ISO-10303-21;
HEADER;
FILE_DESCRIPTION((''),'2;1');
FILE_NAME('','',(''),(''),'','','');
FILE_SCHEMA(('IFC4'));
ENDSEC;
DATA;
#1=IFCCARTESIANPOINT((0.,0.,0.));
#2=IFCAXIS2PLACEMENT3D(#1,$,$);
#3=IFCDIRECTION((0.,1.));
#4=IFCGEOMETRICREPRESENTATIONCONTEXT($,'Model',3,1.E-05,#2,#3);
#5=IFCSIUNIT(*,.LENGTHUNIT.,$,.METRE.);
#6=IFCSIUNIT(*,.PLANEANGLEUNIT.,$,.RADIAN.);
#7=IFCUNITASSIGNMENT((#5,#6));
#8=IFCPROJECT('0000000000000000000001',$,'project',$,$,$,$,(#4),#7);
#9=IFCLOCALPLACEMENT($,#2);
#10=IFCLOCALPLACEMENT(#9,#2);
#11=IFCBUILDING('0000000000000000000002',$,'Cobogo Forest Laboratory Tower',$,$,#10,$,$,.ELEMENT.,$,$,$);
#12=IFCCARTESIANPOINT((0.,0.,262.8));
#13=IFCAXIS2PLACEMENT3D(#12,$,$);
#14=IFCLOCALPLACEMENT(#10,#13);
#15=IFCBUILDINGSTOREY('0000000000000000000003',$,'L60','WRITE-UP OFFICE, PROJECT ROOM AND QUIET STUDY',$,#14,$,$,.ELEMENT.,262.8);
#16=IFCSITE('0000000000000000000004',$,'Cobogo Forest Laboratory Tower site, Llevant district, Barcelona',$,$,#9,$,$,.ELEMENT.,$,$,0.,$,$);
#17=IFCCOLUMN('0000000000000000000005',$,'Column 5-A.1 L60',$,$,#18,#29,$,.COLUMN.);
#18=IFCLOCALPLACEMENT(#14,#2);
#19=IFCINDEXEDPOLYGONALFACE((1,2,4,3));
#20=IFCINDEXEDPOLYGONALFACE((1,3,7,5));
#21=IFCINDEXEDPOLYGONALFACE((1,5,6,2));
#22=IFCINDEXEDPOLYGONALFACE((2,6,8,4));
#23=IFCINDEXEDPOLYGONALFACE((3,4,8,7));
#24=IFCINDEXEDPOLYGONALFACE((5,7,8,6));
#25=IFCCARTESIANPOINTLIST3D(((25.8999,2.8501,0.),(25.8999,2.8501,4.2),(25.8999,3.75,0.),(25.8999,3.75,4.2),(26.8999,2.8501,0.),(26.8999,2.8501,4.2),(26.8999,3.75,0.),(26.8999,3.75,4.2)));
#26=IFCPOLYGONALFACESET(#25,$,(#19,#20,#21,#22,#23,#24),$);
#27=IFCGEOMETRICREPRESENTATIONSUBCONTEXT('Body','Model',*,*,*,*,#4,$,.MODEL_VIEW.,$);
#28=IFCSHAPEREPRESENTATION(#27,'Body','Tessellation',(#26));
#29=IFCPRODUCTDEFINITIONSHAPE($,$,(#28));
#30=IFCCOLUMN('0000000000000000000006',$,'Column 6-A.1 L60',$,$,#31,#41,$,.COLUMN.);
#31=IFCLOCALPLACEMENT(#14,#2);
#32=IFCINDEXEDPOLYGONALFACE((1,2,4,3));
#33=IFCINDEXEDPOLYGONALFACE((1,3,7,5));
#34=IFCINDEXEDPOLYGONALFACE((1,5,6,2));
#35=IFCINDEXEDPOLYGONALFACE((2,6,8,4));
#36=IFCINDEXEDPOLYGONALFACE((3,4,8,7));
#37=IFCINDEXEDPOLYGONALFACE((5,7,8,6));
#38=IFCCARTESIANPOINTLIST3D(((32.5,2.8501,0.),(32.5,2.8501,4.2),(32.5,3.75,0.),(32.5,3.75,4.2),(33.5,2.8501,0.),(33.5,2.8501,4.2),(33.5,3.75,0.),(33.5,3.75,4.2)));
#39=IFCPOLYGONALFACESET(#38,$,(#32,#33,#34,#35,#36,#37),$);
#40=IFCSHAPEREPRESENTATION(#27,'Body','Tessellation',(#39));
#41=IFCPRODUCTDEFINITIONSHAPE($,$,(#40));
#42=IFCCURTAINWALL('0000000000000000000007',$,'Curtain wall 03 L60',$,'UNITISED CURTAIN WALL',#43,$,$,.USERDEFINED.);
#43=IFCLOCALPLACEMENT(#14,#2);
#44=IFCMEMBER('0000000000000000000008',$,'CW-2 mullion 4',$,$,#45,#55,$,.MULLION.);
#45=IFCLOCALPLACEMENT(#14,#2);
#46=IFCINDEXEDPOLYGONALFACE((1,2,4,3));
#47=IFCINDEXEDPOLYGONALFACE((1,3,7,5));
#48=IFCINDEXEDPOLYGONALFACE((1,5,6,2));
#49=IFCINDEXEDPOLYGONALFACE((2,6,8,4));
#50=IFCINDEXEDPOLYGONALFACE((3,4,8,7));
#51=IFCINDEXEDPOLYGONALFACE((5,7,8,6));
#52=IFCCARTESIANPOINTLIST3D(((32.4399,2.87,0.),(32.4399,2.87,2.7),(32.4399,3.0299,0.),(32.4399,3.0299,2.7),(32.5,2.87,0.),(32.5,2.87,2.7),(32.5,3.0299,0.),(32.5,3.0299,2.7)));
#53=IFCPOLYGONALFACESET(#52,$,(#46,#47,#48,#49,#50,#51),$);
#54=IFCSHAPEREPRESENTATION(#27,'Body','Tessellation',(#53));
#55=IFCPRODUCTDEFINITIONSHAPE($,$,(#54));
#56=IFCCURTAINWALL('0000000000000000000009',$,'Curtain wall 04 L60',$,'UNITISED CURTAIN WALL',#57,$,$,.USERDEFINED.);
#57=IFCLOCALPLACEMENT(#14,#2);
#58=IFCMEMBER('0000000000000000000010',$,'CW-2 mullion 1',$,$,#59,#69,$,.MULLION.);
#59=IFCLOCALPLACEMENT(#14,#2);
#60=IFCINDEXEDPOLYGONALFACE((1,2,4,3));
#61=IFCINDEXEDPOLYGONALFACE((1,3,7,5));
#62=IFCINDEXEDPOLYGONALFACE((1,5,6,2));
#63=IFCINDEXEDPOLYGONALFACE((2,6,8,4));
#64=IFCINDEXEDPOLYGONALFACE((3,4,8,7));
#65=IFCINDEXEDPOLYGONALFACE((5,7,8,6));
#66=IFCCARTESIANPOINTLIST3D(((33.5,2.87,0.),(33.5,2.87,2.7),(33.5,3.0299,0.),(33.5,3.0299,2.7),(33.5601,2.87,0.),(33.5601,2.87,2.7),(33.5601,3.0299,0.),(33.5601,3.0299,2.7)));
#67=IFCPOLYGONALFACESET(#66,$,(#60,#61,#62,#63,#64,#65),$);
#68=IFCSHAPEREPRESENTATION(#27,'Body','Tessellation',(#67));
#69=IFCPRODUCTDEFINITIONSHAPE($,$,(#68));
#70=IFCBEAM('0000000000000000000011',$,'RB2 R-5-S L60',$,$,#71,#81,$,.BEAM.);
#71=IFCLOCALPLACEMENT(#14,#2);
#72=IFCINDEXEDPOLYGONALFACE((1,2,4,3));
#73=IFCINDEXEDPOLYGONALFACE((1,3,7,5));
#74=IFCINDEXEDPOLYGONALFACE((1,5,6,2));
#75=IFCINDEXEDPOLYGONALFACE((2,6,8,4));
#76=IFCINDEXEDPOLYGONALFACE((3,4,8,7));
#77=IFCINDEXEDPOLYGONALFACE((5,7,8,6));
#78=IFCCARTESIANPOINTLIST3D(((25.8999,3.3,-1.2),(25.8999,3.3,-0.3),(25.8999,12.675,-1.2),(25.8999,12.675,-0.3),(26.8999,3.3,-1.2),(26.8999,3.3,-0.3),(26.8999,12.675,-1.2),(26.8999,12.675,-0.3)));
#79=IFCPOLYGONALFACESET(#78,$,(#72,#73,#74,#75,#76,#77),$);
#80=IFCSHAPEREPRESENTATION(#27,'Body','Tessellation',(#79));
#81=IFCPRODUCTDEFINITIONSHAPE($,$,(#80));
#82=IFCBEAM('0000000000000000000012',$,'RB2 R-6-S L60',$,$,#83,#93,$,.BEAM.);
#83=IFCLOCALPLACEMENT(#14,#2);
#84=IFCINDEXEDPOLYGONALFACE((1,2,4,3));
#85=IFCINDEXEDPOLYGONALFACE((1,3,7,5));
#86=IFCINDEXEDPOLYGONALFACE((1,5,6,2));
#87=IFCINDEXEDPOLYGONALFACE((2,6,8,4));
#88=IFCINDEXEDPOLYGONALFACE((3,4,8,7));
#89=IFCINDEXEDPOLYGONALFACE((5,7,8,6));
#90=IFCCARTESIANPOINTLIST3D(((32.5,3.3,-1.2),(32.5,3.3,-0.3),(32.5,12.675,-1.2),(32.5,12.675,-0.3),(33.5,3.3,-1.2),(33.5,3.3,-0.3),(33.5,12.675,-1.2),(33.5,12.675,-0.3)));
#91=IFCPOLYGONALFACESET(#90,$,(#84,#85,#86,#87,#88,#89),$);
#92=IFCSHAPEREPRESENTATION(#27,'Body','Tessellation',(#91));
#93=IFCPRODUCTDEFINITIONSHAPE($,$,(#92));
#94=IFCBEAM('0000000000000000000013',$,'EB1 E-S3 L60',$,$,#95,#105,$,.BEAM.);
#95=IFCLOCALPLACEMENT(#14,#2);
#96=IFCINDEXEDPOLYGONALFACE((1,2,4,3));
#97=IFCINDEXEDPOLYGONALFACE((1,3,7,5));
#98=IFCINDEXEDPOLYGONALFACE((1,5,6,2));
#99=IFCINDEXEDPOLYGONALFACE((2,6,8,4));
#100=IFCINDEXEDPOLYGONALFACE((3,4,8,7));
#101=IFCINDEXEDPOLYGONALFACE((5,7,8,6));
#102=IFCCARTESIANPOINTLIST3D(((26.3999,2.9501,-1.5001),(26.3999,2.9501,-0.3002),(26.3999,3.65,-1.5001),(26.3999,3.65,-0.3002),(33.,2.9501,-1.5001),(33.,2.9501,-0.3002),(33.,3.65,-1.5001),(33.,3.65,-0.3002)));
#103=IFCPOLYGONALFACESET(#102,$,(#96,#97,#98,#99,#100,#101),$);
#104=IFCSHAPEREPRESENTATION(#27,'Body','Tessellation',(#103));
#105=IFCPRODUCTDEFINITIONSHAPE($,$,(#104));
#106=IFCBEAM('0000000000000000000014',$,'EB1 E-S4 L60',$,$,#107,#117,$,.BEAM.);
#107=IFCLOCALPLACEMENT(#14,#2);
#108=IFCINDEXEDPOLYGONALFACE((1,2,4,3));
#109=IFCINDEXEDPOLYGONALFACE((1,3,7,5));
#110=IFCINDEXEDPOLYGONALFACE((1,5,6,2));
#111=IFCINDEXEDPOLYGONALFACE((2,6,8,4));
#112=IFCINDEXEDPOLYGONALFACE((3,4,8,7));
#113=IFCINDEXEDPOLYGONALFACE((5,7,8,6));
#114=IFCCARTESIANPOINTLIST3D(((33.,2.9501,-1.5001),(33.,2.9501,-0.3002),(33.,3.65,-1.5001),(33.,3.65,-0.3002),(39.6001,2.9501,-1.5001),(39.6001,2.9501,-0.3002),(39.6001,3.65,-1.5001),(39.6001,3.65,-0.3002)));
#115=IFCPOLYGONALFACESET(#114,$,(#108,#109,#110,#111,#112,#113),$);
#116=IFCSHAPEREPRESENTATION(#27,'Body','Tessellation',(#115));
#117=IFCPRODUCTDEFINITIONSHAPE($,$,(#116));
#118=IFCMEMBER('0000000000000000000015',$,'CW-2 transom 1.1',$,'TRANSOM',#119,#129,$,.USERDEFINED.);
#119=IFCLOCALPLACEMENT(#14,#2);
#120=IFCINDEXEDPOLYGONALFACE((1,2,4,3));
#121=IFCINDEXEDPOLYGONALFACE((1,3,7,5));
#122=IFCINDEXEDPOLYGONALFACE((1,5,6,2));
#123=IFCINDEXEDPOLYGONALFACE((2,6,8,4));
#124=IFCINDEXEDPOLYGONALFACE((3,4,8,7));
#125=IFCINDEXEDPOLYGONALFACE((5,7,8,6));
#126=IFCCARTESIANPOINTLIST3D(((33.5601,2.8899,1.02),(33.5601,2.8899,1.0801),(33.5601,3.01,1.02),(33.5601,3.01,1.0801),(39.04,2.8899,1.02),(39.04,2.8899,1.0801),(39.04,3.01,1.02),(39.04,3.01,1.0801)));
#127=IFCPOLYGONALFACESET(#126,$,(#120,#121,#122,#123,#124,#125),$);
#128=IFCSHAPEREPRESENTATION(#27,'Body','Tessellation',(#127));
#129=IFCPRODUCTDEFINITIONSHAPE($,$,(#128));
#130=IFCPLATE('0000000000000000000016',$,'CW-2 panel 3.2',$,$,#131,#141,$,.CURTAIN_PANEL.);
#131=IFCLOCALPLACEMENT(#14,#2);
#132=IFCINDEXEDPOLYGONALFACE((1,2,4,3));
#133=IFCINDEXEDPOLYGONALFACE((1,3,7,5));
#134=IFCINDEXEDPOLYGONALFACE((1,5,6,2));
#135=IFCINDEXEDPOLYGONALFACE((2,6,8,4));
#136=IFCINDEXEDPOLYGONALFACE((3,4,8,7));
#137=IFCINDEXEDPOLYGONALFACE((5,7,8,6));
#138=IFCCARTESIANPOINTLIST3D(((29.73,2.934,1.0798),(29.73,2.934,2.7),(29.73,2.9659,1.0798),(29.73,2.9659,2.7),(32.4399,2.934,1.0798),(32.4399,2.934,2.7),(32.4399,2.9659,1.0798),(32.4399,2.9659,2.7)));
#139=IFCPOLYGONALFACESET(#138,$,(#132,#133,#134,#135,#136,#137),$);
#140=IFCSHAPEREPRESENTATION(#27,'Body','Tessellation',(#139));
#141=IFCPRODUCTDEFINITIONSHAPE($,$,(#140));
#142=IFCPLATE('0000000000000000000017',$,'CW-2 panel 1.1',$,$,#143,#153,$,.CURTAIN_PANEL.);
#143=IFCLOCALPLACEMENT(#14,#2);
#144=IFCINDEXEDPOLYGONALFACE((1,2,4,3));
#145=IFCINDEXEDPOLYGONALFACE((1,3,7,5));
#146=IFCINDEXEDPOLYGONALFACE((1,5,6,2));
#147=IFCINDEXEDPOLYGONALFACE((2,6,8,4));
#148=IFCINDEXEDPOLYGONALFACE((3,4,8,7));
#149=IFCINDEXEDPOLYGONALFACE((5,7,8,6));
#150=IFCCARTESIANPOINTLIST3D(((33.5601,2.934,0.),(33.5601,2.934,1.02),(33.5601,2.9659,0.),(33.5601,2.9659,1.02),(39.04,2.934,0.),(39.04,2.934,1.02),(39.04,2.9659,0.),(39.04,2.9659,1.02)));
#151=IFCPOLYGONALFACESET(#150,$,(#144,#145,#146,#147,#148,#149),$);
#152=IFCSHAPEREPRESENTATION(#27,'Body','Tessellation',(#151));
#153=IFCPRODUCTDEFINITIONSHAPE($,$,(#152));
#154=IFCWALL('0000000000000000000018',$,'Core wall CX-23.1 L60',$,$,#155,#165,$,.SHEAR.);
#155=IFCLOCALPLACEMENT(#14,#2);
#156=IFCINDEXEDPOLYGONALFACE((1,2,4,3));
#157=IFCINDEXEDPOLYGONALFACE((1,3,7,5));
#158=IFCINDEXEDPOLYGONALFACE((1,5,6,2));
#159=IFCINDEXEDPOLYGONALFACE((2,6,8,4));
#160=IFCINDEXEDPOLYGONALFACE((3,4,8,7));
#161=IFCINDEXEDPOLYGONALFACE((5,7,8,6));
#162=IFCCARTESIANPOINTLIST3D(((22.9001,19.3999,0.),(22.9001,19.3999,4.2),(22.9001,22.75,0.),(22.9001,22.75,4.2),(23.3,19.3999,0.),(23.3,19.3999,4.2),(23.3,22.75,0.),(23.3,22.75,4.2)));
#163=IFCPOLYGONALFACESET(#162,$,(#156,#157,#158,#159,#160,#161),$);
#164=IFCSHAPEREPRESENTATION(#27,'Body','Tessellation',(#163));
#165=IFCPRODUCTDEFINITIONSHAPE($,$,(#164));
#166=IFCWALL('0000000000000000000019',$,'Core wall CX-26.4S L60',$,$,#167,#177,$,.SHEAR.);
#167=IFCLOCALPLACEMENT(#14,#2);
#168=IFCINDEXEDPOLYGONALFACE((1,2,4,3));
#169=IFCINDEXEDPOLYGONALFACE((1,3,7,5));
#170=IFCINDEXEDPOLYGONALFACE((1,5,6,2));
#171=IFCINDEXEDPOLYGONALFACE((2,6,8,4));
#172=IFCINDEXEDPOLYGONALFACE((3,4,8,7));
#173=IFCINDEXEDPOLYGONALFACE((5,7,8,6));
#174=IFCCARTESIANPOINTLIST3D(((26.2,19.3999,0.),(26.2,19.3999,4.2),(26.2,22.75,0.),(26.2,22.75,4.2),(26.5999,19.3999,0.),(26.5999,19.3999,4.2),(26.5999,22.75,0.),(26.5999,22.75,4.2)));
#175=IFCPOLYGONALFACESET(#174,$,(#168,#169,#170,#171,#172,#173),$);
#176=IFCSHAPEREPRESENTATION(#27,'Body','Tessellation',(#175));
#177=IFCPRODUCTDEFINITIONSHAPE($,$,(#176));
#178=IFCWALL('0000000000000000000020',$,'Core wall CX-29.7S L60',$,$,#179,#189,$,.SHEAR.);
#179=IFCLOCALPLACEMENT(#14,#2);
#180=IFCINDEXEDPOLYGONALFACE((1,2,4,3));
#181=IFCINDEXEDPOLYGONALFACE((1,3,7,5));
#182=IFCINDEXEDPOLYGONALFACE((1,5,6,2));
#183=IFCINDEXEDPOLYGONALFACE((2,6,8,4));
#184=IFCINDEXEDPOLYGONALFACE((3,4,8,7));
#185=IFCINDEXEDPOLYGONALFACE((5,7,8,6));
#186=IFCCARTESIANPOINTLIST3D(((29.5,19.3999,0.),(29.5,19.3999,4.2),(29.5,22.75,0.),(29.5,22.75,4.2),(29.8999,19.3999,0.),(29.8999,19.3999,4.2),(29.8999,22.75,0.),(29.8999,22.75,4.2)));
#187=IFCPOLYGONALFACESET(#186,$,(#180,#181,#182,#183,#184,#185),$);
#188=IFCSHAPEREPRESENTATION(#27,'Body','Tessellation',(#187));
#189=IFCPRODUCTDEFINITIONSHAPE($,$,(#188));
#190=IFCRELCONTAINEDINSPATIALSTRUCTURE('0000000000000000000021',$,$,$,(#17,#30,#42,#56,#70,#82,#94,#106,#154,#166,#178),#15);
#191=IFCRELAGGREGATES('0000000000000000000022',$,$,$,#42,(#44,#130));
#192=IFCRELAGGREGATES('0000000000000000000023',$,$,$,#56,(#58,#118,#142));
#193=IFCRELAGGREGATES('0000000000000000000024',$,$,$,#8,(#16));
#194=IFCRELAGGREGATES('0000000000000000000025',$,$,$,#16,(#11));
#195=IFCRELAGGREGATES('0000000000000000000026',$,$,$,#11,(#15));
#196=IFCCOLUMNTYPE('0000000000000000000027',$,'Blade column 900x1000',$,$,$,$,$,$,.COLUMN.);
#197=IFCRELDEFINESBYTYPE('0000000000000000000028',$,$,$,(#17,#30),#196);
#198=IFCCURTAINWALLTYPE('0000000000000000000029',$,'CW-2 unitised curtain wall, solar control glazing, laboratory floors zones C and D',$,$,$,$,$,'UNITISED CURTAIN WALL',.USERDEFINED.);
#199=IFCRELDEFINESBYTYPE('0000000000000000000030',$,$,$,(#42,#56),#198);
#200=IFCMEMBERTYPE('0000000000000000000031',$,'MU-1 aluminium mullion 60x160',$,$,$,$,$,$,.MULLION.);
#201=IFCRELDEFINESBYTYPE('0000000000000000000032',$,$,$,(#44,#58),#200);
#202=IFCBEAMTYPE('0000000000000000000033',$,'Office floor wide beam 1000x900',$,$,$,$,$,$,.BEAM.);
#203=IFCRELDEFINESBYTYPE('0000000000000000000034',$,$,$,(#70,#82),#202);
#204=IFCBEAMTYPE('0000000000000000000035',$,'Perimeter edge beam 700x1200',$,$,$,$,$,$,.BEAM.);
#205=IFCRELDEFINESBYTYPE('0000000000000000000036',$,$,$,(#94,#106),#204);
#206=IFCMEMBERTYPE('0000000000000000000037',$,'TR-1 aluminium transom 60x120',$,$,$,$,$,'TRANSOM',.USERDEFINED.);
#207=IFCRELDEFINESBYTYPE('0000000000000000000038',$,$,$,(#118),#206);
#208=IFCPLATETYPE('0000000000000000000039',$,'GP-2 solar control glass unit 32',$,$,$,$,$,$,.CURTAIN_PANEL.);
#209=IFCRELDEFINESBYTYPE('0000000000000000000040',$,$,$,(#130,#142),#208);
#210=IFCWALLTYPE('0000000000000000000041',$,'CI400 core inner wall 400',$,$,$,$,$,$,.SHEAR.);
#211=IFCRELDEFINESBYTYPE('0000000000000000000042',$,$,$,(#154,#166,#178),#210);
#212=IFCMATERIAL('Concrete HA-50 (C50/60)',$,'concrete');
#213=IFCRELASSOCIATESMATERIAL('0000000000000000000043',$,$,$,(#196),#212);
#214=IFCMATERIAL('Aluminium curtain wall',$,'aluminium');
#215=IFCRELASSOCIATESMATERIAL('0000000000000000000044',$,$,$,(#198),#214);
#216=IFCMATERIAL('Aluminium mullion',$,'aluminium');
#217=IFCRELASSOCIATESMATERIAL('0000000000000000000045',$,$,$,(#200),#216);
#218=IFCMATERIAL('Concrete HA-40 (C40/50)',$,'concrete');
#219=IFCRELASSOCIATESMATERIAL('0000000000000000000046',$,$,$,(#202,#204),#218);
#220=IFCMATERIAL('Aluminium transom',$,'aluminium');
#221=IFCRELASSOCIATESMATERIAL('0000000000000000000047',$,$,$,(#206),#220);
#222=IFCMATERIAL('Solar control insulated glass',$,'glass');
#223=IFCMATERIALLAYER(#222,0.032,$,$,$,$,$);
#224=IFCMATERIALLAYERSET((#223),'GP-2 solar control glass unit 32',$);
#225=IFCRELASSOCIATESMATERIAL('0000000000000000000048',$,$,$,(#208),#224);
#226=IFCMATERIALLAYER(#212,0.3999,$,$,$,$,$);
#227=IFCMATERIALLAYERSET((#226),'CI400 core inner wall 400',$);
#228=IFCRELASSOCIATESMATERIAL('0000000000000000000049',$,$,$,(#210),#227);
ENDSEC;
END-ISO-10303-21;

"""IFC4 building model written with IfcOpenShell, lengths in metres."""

from ifc_helpers import new_model, si_unit, direction, frame, frame_2d, origin, origin_2d, place, context, subcontext, project, spatial, rectangle, extrude, material, layer, layer_set, material_profile, profile_set, type_object, element, aggregate, save


model = new_model("IFC4")

# Units and contexts
model_context = context("Model", 3, precision=1e-05, world=origin(), true_north=direction((0.0, 1.0)))
body_context = subcontext(model_context, "Body", "Model", "MODEL_VIEW")
ifc_project = project(units=[si_unit("LENGTHUNIT", "METRE"), si_unit("PLANEANGLEUNIT", "RADIAN")], contexts=[model_context])

# Site, building, storey
site_placement = place(None, origin())
site = spatial("IfcSite", under=ifc_project, at=site_placement, Name="Cobogo Forest Laboratory Tower site, Llevant district, Barcelona", CompositionType="ELEMENT", RefElevation=0.0)
building_placement = place(site_placement, origin())
building = spatial("IfcBuilding", under=site, at=building_placement, Name="Cobogo Forest Laboratory Tower", CompositionType="ELEMENT")
storey_placement = place(building_placement, frame((0.0, 0.0, 262.8)))
storey = spatial("IfcBuildingStorey", under=building, at=storey_placement, Name="L60", Description="WRITE-UP OFFICE, PROJECT ROOM AND QUIET STUDY", CompositionType="ELEMENT", Elevation=262.8)

# Columns
ifc_material_1 = material(Name="Concrete HA-50 (C50/60)", Category="concrete")
ifc_material_profile_1 = material_profile(ifc_material_1, rectangle(XDim=1.0, YDim=0.8999, at=origin_2d()), Name="RC 900x1000")
ifc_profile_set_1 = profile_set([ifc_material_profile_1], Name="Concrete HA-50 (C50/60)")
column_type = type_object("IfcColumnType", Name="Blade column 900x1000", PredefinedType="COLUMN", material=ifc_profile_set_1)
for number, where, z_axis, x_axis, name in (
    (1, (26.3999, 3.3, 0.0), (0.0, 0.0, 1.0), (1.0, 0.0, 0.0), "Column 5-A.1 L60"),
    (2, (33.0, 3.3, 0.0), (0.0, 0.0, 1.0), (1.0, 0.0, 0.0), "Column 6-A.1 L60"),
):
    element("IfcColumn", number, at=place(storey_placement, frame(where, z_axis=z_axis, x_axis=x_axis)), inside=storey, type_object=column_type, Name=name, PredefinedType="COLUMN", context=body_context, shape_type="SweptSolid", body=[
        extrude(rectangle(XDim=1.0, YDim=0.8999, at=origin_2d()), origin(), (0.0, 0.0, 1.0), 4.2),
    ])

# Curtain walls, members
ifc_material_2 = material(Name="Aluminium curtain wall", Category="aluminium")
curtain_wall_type = type_object("IfcCurtainWallType", Name="CW-2 unitised curtain wall, solar control glazing, laboratory floors zones C and D", ElementType="UNITISED CURTAIN WALL", PredefinedType="USERDEFINED", material=ifc_material_2)
curtain_wall_1_placement = place(storey_placement, origin())
curtain_wall_1 = element("IfcCurtainWall", 3, at=curtain_wall_1_placement, inside=storey, type_object=curtain_wall_type, Name="Curtain wall 03 L60", ObjectType="UNITISED CURTAIN WALL", PredefinedType="USERDEFINED")
ifc_material_3 = material(Name="Aluminium mullion", Category="aluminium")
ifc_material_profile_2 = material_profile(ifc_material_3, rectangle(XDim=0.0601, YDim=0.1599, at=origin_2d()), Name="AL 60x160")
ifc_profile_set_2 = profile_set([ifc_material_profile_2], Name="Aluminium mullion")
member_type_1 = type_object("IfcMemberType", Name="MU-1 aluminium mullion 60x160", PredefinedType="MULLION", material=ifc_profile_set_2)
member_1_placement = place(storey_placement, frame((32.47, 2.95, 0.0), z_axis=(0.0, 0.0, 1.0), x_axis=(1.0, 0.0, 0.0)))
member_1 = element("IfcMember", 4, at=member_1_placement, type_object=member_type_1, Name="CW-2 mullion 4", PredefinedType="MULLION", context=body_context, shape_type="SweptSolid", body=[
    extrude(rectangle(XDim=0.0601, YDim=0.1599, at=origin_2d()), origin(), (0.0, 0.0, 1.0), 2.7),
])
curtain_wall_2_placement = place(storey_placement, origin())
curtain_wall_2 = element("IfcCurtainWall", 5, at=curtain_wall_2_placement, inside=storey, type_object=curtain_wall_type, Name="Curtain wall 04 L60", ObjectType="UNITISED CURTAIN WALL", PredefinedType="USERDEFINED")
member_2_placement = place(storey_placement, frame((33.53, 2.95, 0.0), z_axis=(0.0, 0.0, 1.0), x_axis=(1.0, 0.0, 0.0)))
member_2 = element("IfcMember", 6, at=member_2_placement, type_object=member_type_1, Name="CW-2 mullion 1", PredefinedType="MULLION", context=body_context, shape_type="SweptSolid", body=[
    extrude(rectangle(XDim=0.0601, YDim=0.1599, at=origin_2d()), origin(), (0.0, 0.0, 1.0), 2.7),
])

# Beams
ifc_material_4 = material(Name="Concrete HA-40 (C40/50)", Category="concrete")
ifc_material_profile_3 = material_profile(ifc_material_4, rectangle(XDim=1.0, YDim=0.8999, at=origin_2d()), Name="RC 1000x900")
ifc_profile_set_3 = profile_set([ifc_material_profile_3], Name="Concrete HA-40 (C40/50)")
beam_type_1 = type_object("IfcBeamType", Name="Office floor wide beam 1000x900", PredefinedType="BEAM", material=ifc_profile_set_3)
for number, where, z_axis, x_axis, name in (
    (7, (26.3999, 12.675, -0.75), (0.0, -1.0, 0.0), (1.0, 0.0, 0.0), "RB2 R-5-S L60"),
    (8, (33.0, 12.675, -0.75), (0.0, -1.0, 0.0), (1.0, 0.0, 0.0), "RB2 R-6-S L60"),
):
    element("IfcBeam", number, at=place(storey_placement, frame(where, z_axis=z_axis, x_axis=x_axis)), inside=storey, type_object=beam_type_1, Name=name, PredefinedType="BEAM", context=body_context, shape_type="SweptSolid", body=[
        extrude(rectangle(XDim=1.0, YDim=0.8999, at=origin_2d()), origin(), (0.0, 0.0, 1.0), 9.375),
    ])
ifc_material_profile_4 = material_profile(ifc_material_4, rectangle(XDim=0.7, YDim=1.2, at=origin_2d()), Name="RC 700x1200")
ifc_profile_set_4 = profile_set([ifc_material_profile_4], Name="Concrete HA-40 (C40/50)")
beam_type_2 = type_object("IfcBeamType", Name="Perimeter edge beam 700x1200", PredefinedType="BEAM", material=ifc_profile_set_4)
for number, where, z_axis, x_axis, name in (
    (9, (26.3999, 3.3, -0.9001), (1.0, 0.0, 0.0), (0.0, 1.0, 0.0), "EB1 E-S3 L60"),
    (10, (33.0, 3.3, -0.9001), (1.0, 0.0, 0.0), (0.0, 1.0, 0.0), "EB1 E-S4 L60"),
):
    element("IfcBeam", number, at=place(storey_placement, frame(where, z_axis=z_axis, x_axis=x_axis)), inside=storey, type_object=beam_type_2, Name=name, PredefinedType="BEAM", context=body_context, shape_type="SweptSolid", body=[
        extrude(rectangle(XDim=0.7, YDim=1.2, at=origin_2d()), origin(), (0.0, 0.0, 1.0), 6.6001),
    ])

# Member
ifc_material_5 = material(Name="Aluminium transom", Category="aluminium")
ifc_material_profile_5 = material_profile(ifc_material_5, rectangle(XDim=0.1201, YDim=0.0601, at=origin_2d()), Name="AL 60x120")
ifc_profile_set_5 = profile_set([ifc_material_profile_5], Name="Aluminium transom")
member_type_2 = type_object("IfcMemberType", Name="TR-1 aluminium transom 60x120", ElementType="TRANSOM", PredefinedType="USERDEFINED", material=ifc_profile_set_5)
member_3_placement = place(storey_placement, frame((33.5601, 2.95, 1.05), z_axis=(1.0, 0.0, 0.0), x_axis=(0.0, 1.0, 0.0)))
member_3 = element("IfcMember", 11, at=member_3_placement, type_object=member_type_2, Name="CW-2 transom 1.1", ObjectType="TRANSOM", PredefinedType="USERDEFINED", context=body_context, shape_type="SweptSolid", body=[
    extrude(rectangle(XDim=0.1201, YDim=0.0601, at=origin_2d()), origin(), (0.0, 0.0, 1.0), 5.48),
])

# Plates
ifc_material_6 = material(Name="Solar control insulated glass", Category="glass")
ifc_layer_1 = layer(ifc_material_6, 0.032)
ifc_layer_set_1 = layer_set([ifc_layer_1], Name="GP-2 solar control glass unit 32")
plate_type = type_object("IfcPlateType", Name="GP-2 solar control glass unit 32", PredefinedType="CURTAIN_PANEL", material=ifc_layer_set_1)
plate_1_placement = place(storey_placement, frame((31.085, 2.95, 1.0798), z_axis=(0.0, 0.0, 1.0), x_axis=(1.0, 0.0, 0.0)))
plate_1 = element("IfcPlate", 12, at=plate_1_placement, type_object=plate_type, Name="CW-2 panel 3.2", PredefinedType="CURTAIN_PANEL", context=body_context, shape_type="SweptSolid", body=[
    extrude(rectangle(XDim=2.71, YDim=0.032, at=origin_2d()), origin(), (0.0, 0.0, 1.0), 1.6201),
])
aggregate(curtain_wall_1, [member_1, plate_1])
plate_2_placement = place(storey_placement, frame((36.3, 2.95, 0.0), z_axis=(0.0, 0.0, 1.0), x_axis=(1.0, 0.0, 0.0)))
plate_2 = element("IfcPlate", 13, at=plate_2_placement, type_object=plate_type, Name="CW-2 panel 1.1", PredefinedType="CURTAIN_PANEL", context=body_context, shape_type="SweptSolid", body=[
    extrude(rectangle(XDim=5.48, YDim=0.032, at=origin_2d()), origin(), (0.0, 0.0, 1.0), 1.02),
])
aggregate(curtain_wall_2, [member_2, member_3, plate_2])

# Walls
ifc_layer_2 = layer(ifc_material_1, 0.3999)
ifc_layer_set_2 = layer_set([ifc_layer_2], Name="CI400 core inner wall 400")
wall_type_1 = type_object("IfcWallType", Name="CI400 core inner wall 400", PredefinedType="SHEAR", material=ifc_layer_set_2)
for number, where, z_axis, x_axis, name in (
    (14, (23.1001, 19.3999, 0.0), (0.0, 0.0, 1.0), (0.0, 1.0, 0.0), "Core wall CX-23.1 L60"),
    (15, (26.3999, 19.3999, 0.0), (0.0, 0.0, 1.0), (0.0, 1.0, 0.0), "Core wall CX-26.4S L60"),
    (16, (29.7, 19.3999, 0.0), (0.0, 0.0, 1.0), (0.0, 1.0, 0.0), "Core wall CX-29.7S L60"),
):
    element("IfcWall", number, at=place(storey_placement, frame(where, z_axis=z_axis, x_axis=x_axis)), inside=storey, type_object=wall_type_1, Name=name, PredefinedType="SHEAR", context=body_context, shape_type="SweptSolid", body=[
        extrude(rectangle(XDim=3.3501, YDim=0.3999, at=frame_2d((1.675, 0.0))), origin(), (0.0, 0.0, 1.0), 4.2),
    ])

save(model, "model.ifc")
